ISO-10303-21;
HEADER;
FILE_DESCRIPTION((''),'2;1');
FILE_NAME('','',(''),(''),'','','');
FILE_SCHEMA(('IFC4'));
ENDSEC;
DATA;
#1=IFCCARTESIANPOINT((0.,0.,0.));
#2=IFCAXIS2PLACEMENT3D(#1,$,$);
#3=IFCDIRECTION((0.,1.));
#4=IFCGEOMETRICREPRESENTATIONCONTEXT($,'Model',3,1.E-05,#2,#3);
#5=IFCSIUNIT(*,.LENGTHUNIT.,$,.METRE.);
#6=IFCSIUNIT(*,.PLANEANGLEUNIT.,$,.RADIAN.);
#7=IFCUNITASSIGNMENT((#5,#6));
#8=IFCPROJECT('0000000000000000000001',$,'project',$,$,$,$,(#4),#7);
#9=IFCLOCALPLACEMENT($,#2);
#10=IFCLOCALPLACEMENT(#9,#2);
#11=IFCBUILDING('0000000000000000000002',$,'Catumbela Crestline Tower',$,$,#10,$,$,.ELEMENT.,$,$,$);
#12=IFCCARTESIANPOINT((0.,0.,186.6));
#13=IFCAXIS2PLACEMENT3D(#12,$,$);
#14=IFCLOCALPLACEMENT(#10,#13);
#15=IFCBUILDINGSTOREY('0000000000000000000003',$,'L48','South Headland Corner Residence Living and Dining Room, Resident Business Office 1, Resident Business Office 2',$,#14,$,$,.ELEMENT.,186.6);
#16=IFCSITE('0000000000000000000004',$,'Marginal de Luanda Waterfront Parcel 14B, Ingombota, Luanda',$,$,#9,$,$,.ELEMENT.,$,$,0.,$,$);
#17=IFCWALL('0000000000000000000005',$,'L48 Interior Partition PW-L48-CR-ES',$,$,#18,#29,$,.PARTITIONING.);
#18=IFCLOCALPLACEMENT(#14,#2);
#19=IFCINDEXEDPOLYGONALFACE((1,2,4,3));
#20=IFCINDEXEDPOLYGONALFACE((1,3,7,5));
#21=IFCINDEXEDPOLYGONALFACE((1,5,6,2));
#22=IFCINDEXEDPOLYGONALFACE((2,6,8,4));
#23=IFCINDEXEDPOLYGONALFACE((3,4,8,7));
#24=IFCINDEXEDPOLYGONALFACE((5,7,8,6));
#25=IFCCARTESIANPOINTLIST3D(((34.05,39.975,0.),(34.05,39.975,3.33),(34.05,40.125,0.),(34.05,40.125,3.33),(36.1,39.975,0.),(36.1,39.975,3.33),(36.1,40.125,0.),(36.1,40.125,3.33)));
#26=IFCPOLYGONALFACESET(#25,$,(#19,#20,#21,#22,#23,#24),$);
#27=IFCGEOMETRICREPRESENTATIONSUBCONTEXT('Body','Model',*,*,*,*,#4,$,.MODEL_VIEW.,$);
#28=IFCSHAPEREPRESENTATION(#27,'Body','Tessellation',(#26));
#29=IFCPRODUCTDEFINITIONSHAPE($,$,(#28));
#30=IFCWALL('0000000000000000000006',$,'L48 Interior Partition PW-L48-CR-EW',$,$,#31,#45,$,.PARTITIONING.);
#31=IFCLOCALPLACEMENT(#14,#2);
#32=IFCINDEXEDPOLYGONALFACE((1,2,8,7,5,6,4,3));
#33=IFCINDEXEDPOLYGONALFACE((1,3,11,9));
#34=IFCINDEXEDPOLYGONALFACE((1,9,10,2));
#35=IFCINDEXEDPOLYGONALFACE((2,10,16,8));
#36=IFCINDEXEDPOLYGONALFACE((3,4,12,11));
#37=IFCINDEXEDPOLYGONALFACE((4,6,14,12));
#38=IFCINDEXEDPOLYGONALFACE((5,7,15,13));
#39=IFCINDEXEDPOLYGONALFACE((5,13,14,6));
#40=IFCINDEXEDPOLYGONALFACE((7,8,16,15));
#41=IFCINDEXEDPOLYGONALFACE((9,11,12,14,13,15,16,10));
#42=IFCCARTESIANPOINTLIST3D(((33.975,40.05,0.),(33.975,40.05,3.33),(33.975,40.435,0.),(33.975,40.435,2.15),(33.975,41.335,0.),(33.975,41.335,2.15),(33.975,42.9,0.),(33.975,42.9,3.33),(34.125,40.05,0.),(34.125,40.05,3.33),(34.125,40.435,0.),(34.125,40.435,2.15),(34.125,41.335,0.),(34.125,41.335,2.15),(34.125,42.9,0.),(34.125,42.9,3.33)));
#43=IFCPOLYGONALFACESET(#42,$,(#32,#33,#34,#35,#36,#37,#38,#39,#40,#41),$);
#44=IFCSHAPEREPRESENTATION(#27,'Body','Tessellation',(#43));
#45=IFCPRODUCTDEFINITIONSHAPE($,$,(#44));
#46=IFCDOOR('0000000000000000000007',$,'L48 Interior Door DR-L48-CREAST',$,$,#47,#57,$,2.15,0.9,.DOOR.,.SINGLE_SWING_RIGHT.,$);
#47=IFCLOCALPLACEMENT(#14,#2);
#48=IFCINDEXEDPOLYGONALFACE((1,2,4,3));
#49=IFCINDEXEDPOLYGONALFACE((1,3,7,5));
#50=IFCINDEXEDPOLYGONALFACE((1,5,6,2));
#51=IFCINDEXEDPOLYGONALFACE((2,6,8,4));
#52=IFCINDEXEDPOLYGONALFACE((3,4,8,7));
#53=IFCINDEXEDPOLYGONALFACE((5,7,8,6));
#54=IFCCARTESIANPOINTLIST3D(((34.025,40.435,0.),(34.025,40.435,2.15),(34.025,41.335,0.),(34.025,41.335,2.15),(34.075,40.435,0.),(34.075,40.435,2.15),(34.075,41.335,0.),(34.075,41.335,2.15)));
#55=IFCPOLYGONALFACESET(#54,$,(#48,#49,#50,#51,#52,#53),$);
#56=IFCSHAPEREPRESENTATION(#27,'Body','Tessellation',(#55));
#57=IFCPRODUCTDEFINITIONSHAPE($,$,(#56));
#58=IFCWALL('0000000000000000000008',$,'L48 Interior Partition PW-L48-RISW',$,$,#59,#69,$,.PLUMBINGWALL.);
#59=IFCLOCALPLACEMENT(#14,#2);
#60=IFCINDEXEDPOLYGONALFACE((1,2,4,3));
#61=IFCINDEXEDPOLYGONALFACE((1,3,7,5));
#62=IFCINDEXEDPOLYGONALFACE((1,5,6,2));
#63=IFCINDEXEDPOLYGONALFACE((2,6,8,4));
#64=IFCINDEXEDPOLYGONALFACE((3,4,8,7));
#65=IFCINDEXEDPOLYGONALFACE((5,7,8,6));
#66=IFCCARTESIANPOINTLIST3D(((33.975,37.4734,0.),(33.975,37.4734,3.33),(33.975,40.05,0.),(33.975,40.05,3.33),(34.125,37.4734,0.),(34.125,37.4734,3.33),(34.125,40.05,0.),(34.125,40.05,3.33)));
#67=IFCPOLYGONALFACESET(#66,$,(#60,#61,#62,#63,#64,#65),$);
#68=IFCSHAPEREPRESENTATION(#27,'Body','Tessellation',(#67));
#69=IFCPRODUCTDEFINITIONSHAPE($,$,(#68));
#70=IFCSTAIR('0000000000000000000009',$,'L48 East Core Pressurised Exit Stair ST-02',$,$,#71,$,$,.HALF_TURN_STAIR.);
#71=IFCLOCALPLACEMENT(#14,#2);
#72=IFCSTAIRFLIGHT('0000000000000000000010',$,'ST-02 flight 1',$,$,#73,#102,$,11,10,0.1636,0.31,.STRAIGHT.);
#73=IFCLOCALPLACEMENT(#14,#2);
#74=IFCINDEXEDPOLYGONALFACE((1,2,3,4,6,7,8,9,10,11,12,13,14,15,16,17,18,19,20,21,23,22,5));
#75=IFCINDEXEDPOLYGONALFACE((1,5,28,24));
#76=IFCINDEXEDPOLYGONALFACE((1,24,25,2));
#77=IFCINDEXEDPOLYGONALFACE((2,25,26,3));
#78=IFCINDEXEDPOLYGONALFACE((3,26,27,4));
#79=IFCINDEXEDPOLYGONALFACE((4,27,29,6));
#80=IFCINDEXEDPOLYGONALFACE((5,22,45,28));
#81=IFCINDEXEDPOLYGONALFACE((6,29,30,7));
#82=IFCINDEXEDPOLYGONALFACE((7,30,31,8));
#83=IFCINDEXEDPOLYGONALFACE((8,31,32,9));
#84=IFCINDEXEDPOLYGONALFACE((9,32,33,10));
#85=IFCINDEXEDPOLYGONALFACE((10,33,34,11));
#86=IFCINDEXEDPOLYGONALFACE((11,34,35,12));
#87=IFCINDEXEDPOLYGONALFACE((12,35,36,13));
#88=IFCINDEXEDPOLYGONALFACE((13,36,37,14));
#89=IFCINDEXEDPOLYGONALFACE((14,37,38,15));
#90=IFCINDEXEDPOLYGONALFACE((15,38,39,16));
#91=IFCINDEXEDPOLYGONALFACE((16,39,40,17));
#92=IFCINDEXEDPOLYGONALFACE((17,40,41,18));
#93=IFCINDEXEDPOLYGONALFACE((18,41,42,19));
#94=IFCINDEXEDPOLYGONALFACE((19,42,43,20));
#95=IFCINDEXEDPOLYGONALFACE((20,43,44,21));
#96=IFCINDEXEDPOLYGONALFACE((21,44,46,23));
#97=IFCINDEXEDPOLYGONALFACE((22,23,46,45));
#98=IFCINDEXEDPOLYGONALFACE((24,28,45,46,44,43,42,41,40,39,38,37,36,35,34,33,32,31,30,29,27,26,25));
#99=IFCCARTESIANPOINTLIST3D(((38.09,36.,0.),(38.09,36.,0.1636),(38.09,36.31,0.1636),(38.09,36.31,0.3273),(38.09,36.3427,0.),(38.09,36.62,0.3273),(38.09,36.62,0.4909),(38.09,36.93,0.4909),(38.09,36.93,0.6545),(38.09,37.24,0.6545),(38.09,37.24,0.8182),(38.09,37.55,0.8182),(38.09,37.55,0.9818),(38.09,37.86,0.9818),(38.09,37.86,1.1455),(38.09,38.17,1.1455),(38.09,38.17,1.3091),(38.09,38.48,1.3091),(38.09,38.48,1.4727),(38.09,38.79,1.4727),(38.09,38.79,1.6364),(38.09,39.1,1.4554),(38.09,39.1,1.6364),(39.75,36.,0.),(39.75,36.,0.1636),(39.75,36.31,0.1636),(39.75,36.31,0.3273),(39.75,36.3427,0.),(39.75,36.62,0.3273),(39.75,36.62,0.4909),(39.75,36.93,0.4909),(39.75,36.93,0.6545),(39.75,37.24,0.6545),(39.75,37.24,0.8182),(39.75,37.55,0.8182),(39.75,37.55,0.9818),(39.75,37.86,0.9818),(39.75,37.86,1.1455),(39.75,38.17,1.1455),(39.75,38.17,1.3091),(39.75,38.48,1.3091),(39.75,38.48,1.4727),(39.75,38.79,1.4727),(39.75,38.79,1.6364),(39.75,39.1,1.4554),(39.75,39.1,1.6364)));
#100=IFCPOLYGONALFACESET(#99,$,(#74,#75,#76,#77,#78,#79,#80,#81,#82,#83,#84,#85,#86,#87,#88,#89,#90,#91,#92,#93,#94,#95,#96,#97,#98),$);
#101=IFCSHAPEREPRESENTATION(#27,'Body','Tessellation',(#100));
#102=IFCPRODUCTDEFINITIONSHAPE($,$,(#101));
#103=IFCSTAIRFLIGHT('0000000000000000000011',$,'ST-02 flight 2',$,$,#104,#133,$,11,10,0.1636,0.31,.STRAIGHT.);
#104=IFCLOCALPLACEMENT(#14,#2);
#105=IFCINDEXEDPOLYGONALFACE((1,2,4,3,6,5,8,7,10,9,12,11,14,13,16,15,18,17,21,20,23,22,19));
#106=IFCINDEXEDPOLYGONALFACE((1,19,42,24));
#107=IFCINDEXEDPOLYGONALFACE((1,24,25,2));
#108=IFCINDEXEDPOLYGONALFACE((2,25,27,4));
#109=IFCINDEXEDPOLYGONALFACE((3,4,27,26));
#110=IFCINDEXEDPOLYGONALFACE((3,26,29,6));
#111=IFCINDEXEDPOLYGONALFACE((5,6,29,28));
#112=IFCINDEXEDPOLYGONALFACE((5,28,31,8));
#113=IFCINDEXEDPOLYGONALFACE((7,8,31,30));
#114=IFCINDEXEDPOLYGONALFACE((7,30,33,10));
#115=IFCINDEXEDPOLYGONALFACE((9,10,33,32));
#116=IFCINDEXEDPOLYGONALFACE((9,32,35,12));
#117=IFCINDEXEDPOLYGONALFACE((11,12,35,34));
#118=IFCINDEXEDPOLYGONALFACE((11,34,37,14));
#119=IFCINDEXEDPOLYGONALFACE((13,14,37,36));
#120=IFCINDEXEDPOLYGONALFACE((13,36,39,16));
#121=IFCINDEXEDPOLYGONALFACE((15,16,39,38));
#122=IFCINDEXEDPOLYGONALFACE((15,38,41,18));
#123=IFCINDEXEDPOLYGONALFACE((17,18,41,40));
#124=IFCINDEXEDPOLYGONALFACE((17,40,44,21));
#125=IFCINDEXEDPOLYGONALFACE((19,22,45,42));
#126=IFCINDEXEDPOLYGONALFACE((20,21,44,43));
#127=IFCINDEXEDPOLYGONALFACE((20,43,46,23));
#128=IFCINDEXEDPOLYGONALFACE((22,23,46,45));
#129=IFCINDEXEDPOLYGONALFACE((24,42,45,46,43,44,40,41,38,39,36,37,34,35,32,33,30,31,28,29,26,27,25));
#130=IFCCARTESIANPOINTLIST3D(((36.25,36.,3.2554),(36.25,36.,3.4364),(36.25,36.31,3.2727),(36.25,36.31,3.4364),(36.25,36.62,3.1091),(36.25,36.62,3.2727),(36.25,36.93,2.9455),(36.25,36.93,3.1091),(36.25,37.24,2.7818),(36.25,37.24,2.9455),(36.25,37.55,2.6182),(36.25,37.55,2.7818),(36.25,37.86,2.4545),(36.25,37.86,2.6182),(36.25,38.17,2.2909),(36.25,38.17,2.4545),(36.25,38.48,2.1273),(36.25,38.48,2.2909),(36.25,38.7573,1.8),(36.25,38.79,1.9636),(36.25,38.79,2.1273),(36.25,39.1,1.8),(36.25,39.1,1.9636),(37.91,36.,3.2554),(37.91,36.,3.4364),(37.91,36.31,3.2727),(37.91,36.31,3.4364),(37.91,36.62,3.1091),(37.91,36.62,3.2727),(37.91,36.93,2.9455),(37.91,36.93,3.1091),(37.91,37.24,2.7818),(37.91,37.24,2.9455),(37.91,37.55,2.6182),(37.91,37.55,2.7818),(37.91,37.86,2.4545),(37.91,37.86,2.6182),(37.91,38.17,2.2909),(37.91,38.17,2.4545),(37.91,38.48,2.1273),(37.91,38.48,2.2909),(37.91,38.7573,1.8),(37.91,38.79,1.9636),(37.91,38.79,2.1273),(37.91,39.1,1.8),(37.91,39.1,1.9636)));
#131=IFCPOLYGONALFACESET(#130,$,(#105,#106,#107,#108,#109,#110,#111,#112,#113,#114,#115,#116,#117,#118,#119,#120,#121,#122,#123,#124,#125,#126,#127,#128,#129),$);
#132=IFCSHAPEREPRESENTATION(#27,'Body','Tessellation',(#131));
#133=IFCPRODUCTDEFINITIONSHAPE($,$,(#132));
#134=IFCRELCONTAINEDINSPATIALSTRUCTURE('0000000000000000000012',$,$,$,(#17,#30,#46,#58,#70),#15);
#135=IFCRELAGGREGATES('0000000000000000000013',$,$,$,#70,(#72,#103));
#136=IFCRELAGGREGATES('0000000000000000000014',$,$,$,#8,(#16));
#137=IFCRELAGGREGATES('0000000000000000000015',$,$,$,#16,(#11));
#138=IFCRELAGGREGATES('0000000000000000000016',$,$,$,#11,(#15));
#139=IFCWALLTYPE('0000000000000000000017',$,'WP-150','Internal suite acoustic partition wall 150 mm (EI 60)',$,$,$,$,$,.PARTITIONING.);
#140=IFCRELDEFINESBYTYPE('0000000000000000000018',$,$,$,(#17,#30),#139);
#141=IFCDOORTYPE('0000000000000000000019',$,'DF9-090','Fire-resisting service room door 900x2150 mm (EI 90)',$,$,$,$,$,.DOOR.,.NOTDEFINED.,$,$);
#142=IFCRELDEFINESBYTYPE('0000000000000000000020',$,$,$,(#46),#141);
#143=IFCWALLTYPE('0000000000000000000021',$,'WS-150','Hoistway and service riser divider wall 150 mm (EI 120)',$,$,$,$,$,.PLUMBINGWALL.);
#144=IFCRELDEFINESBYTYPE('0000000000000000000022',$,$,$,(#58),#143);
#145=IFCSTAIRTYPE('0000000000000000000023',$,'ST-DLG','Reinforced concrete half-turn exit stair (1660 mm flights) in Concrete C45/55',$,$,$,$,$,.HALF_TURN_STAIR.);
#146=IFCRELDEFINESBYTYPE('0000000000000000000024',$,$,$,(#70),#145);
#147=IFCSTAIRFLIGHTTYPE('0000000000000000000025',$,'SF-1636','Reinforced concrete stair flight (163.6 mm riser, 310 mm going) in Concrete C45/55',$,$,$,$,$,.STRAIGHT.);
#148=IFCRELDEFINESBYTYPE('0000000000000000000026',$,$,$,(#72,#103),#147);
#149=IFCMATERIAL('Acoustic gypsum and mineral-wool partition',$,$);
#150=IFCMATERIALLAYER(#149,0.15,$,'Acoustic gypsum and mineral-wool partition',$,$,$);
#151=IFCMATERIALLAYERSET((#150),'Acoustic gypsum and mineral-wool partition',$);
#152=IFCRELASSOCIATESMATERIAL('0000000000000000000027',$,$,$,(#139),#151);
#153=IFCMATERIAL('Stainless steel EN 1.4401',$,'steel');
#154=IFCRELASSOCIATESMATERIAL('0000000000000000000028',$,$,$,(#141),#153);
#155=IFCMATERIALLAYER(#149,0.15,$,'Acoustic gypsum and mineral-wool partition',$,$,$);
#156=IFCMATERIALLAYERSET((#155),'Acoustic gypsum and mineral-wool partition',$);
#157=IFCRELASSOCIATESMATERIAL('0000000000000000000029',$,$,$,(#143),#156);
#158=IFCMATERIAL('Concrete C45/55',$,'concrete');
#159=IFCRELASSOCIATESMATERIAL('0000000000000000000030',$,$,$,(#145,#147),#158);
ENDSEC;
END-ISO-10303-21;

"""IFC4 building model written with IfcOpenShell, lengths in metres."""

from ifc_helpers import new_model, si_unit, direction, frame, frame_2d, origin, place, context, subcontext, project, spatial, polyline, rectangle, outline, extrude, material, layer, layer_set, type_object, element, fill, aggregate, save


model = new_model("IFC4")

# Units and contexts
model_context = context("Model", 3, precision=1e-05, world=origin(), true_north=direction((0.0, 1.0)))
body_context = subcontext(model_context, "Body", "Model", "MODEL_VIEW")
ifc_project = project(units=[si_unit("LENGTHUNIT", "METRE"), si_unit("PLANEANGLEUNIT", "RADIAN")], contexts=[model_context])

# Site, building, storey
site_placement = place(None, origin())
site = spatial("IfcSite", under=ifc_project, at=site_placement, Name="Marginal de Luanda Waterfront Parcel 14B, Ingombota, Luanda", CompositionType="ELEMENT", RefElevation=0.0)
building_placement = place(site_placement, origin())
building = spatial("IfcBuilding", under=site, at=building_placement, Name="Catumbela Crestline Tower", CompositionType="ELEMENT")
storey_placement = place(building_placement, frame((0.0, 0.0, 186.6)))
storey = spatial("IfcBuildingStorey", under=building, at=storey_placement, Name="L48", Description="South Headland Corner Residence Living and Dining Room, Resident Business Office 1, Resident Business Office 2", CompositionType="ELEMENT", Elevation=186.6)

# Shared definitions
ifc_material_1 = material(Name="Acoustic gypsum and mineral-wool partition")

# Wall
ifc_layer_1 = layer(ifc_material_1, 0.15, Name="Acoustic gypsum and mineral-wool partition")
ifc_layer_set_1 = layer_set([ifc_layer_1], Name="Acoustic gypsum and mineral-wool partition")
wall_type_1 = type_object("IfcWallType", Name="WP-150", Description="Internal suite acoustic partition wall 150 mm (EI 60)", PredefinedType="PARTITIONING", material=ifc_layer_set_1)
wall_1_placement = place(storey_placement, frame((34.05, 40.05, 0.0), z_axis=(0.0, 0.0, 1.0), x_axis=(1.0, 0.0, 0.0)))
element("IfcWall", 1, at=wall_1_placement, inside=storey, type_object=wall_type_1, Name="L48 Interior Partition PW-L48-CR-ES", PredefinedType="PARTITIONING", context=body_context, shape_type="SweptSolid", body=[
    extrude(rectangle(XDim=2.05, YDim=0.15, at=frame_2d((1.025, 0.0))), origin(), (0.0, 0.0, 1.0), 3.33),
])

# Wall, opening, door
wall_2_placement = place(storey_placement, frame((34.05, 40.05, 0.0), z_axis=(0.0, 0.0, 1.0), x_axis=(0.0, 1.0, 0.0)))
wall_2 = element("IfcWall", 2, at=wall_2_placement, inside=storey, type_object=wall_type_1, Name="L48 Interior Partition PW-L48-CR-EW", PredefinedType="PARTITIONING", context=body_context, shape_type="SweptSolid", body=[
    extrude(rectangle(XDim=2.85, YDim=0.15, at=frame_2d((1.425, 0.0))), origin(), (0.0, 0.0, 1.0), 3.33),
])
opening_1_placement = place(wall_2_placement, frame((0.385, 0.0, 0.0)))
opening_1 = element("IfcOpeningElement", 3, at=opening_1_placement, cuts=wall_2, PredefinedType="OPENING", context=body_context, shape_type="SweptSolid", body=[
    extrude(rectangle(XDim=0.9, YDim=2.15, at=frame_2d((0.45, 1.075))), frame((0.0, 0.085, 0.0), z_axis=(0.0, -1.0, 0.0), x_axis=(1.0, 0.0, 0.0)), (0.0, 0.0, 1.0), 0.17),
])
ifc_material_2 = material(Name="Stainless steel EN 1.4401", Category="steel")
door_type_1 = type_object("IfcDoorType", Name="DF9-090", Description="Fire-resisting service room door 900x2150 mm (EI 90)", OperationType="NOTDEFINED", PredefinedType="DOOR", material=ifc_material_2)
door_1_placement = place(opening_1_placement, origin())
door_1 = element("IfcDoor", 4, at=door_1_placement, inside=storey, type_object=door_type_1, Name="L48 Interior Door DR-L48-CREAST", OperationType="SINGLE_SWING_RIGHT", OverallHeight=2.15, OverallWidth=0.9, PredefinedType="DOOR", context=body_context, shape_type="SweptSolid", body=[
    extrude(rectangle(XDim=0.9, YDim=2.15, at=frame_2d((0.45, 1.075))), frame((0.0, 0.025, 0.0), z_axis=(0.0, -1.0, 0.0), x_axis=(1.0, 0.0, 0.0)), (0.0, 0.0, 1.0), 0.05),
])
fill(opening_1, door_1)

# Wall
ifc_layer_2 = layer(ifc_material_1, 0.15, Name="Acoustic gypsum and mineral-wool partition")
ifc_layer_set_2 = layer_set([ifc_layer_2], Name="Acoustic gypsum and mineral-wool partition")
wall_type_2 = type_object("IfcWallType", Name="WS-150", Description="Hoistway and service riser divider wall 150 mm (EI 120)", PredefinedType="PLUMBINGWALL", material=ifc_layer_set_2)
wall_3_placement = place(storey_placement, frame((34.05, 37.4734, 0.0), z_axis=(0.0, 0.0, 1.0), x_axis=(0.0, 1.0, 0.0)))
element("IfcWall", 5, at=wall_3_placement, inside=storey, type_object=wall_type_2, Name="L48 Interior Partition PW-L48-RISW", PredefinedType="PLUMBINGWALL", context=body_context, shape_type="SweptSolid", body=[
    extrude(rectangle(XDim=2.5766, YDim=0.15, at=frame_2d((1.2883, 0.0))), origin(), (0.0, 0.0, 1.0), 3.33),
])

# Stair, stair flights
ifc_material_3 = material(Name="Concrete C45/55", Category="concrete")
stair_type = type_object("IfcStairType", Name="ST-DLG", Description="Reinforced concrete half-turn exit stair (1660 mm flights) in Concrete C45/55", PredefinedType="HALF_TURN_STAIR", material=ifc_material_3)
stair_placement = place(storey_placement, origin())
stair = element("IfcStair", 6, at=stair_placement, inside=storey, type_object=stair_type, Name="L48 East Core Pressurised Exit Stair ST-02", PredefinedType="HALF_TURN_STAIR")
stair_flight_type = type_object("IfcStairFlightType", Name="SF-1636", Description="Reinforced concrete stair flight (163.6 mm riser, 310 mm going) in Concrete C45/55", PredefinedType="STRAIGHT", material=ifc_material_3)
stair_flight_1_placement = place(storey_placement, frame((38.92, 36.0, 0.0), z_axis=(0.0, 0.0, 1.0), x_axis=(0.0, 1.0, 0.0)))
stair_flight_1 = element("IfcStairFlight", 7, at=stair_flight_1_placement, type_object=stair_flight_type, Name="ST-02 flight 1", NumberOfRisers=11, NumberOfTreads=10, PredefinedType="STRAIGHT", RiserHeight=0.1636, TreadLength=0.31, context=body_context, shape_type="SweptSolid", body=[
    extrude(outline(polyline([(0.0, 0.0), (0.0, 0.1636), (0.31, 0.1636), (0.31, 0.3273), (0.62, 0.3273), (0.62, 0.4909), (0.93, 0.4909), (0.93, 0.6545), (1.24, 0.6545), (1.24, 0.8182), (1.55, 0.8182), (1.55, 0.9818), (1.86, 0.9818), (1.86, 1.1455), (2.17, 1.1455), (2.17, 1.3091), (2.48, 1.3091), (2.48, 1.4727), (2.79, 1.4727), (2.79, 1.6364), (3.1, 1.6364), (3.1, 1.8), (3.1, 1.4554), (0.3427, 0.0), (0.0, 0.0)])), frame((0.0, 0.83, 0.0), z_axis=(0.0, -1.0, 0.0), x_axis=(1.0, 0.0, 0.0)), (0.0, 0.0, 1.0), 1.66),
])
stair_flight_2_placement = place(storey_placement, frame((37.08, 39.1, 1.8), z_axis=(0.0, 0.0, 1.0), x_axis=(0.0, -1.0, 0.0)))
stair_flight_2 = element("IfcStairFlight", 8, at=stair_flight_2_placement, type_object=stair_flight_type, Name="ST-02 flight 2", NumberOfRisers=11, NumberOfTreads=10, PredefinedType="STRAIGHT", RiserHeight=0.1636, TreadLength=0.31, context=body_context, shape_type="SweptSolid", body=[
    extrude(outline(polyline([(0.0, 0.0), (0.0, 0.1636), (0.31, 0.1636), (0.31, 0.3273), (0.62, 0.3273), (0.62, 0.4909), (0.93, 0.4909), (0.93, 0.6545), (1.24, 0.6545), (1.24, 0.8182), (1.55, 0.8182), (1.55, 0.9818), (1.86, 0.9818), (1.86, 1.1455), (2.17, 1.1455), (2.17, 1.3091), (2.48, 1.3091), (2.48, 1.4727), (2.79, 1.4727), (2.79, 1.6364), (3.1, 1.6364), (3.1, 1.8), (3.1, 1.4554), (0.3427, 0.0), (0.0, 0.0)])), frame((0.0, 0.83, 0.0), z_axis=(0.0, -1.0, 0.0), x_axis=(1.0, 0.0, 0.0)), (0.0, 0.0, 1.0), 1.66),
])
aggregate(stair, [stair_flight_1, stair_flight_2])

save(model, "model.ifc")
